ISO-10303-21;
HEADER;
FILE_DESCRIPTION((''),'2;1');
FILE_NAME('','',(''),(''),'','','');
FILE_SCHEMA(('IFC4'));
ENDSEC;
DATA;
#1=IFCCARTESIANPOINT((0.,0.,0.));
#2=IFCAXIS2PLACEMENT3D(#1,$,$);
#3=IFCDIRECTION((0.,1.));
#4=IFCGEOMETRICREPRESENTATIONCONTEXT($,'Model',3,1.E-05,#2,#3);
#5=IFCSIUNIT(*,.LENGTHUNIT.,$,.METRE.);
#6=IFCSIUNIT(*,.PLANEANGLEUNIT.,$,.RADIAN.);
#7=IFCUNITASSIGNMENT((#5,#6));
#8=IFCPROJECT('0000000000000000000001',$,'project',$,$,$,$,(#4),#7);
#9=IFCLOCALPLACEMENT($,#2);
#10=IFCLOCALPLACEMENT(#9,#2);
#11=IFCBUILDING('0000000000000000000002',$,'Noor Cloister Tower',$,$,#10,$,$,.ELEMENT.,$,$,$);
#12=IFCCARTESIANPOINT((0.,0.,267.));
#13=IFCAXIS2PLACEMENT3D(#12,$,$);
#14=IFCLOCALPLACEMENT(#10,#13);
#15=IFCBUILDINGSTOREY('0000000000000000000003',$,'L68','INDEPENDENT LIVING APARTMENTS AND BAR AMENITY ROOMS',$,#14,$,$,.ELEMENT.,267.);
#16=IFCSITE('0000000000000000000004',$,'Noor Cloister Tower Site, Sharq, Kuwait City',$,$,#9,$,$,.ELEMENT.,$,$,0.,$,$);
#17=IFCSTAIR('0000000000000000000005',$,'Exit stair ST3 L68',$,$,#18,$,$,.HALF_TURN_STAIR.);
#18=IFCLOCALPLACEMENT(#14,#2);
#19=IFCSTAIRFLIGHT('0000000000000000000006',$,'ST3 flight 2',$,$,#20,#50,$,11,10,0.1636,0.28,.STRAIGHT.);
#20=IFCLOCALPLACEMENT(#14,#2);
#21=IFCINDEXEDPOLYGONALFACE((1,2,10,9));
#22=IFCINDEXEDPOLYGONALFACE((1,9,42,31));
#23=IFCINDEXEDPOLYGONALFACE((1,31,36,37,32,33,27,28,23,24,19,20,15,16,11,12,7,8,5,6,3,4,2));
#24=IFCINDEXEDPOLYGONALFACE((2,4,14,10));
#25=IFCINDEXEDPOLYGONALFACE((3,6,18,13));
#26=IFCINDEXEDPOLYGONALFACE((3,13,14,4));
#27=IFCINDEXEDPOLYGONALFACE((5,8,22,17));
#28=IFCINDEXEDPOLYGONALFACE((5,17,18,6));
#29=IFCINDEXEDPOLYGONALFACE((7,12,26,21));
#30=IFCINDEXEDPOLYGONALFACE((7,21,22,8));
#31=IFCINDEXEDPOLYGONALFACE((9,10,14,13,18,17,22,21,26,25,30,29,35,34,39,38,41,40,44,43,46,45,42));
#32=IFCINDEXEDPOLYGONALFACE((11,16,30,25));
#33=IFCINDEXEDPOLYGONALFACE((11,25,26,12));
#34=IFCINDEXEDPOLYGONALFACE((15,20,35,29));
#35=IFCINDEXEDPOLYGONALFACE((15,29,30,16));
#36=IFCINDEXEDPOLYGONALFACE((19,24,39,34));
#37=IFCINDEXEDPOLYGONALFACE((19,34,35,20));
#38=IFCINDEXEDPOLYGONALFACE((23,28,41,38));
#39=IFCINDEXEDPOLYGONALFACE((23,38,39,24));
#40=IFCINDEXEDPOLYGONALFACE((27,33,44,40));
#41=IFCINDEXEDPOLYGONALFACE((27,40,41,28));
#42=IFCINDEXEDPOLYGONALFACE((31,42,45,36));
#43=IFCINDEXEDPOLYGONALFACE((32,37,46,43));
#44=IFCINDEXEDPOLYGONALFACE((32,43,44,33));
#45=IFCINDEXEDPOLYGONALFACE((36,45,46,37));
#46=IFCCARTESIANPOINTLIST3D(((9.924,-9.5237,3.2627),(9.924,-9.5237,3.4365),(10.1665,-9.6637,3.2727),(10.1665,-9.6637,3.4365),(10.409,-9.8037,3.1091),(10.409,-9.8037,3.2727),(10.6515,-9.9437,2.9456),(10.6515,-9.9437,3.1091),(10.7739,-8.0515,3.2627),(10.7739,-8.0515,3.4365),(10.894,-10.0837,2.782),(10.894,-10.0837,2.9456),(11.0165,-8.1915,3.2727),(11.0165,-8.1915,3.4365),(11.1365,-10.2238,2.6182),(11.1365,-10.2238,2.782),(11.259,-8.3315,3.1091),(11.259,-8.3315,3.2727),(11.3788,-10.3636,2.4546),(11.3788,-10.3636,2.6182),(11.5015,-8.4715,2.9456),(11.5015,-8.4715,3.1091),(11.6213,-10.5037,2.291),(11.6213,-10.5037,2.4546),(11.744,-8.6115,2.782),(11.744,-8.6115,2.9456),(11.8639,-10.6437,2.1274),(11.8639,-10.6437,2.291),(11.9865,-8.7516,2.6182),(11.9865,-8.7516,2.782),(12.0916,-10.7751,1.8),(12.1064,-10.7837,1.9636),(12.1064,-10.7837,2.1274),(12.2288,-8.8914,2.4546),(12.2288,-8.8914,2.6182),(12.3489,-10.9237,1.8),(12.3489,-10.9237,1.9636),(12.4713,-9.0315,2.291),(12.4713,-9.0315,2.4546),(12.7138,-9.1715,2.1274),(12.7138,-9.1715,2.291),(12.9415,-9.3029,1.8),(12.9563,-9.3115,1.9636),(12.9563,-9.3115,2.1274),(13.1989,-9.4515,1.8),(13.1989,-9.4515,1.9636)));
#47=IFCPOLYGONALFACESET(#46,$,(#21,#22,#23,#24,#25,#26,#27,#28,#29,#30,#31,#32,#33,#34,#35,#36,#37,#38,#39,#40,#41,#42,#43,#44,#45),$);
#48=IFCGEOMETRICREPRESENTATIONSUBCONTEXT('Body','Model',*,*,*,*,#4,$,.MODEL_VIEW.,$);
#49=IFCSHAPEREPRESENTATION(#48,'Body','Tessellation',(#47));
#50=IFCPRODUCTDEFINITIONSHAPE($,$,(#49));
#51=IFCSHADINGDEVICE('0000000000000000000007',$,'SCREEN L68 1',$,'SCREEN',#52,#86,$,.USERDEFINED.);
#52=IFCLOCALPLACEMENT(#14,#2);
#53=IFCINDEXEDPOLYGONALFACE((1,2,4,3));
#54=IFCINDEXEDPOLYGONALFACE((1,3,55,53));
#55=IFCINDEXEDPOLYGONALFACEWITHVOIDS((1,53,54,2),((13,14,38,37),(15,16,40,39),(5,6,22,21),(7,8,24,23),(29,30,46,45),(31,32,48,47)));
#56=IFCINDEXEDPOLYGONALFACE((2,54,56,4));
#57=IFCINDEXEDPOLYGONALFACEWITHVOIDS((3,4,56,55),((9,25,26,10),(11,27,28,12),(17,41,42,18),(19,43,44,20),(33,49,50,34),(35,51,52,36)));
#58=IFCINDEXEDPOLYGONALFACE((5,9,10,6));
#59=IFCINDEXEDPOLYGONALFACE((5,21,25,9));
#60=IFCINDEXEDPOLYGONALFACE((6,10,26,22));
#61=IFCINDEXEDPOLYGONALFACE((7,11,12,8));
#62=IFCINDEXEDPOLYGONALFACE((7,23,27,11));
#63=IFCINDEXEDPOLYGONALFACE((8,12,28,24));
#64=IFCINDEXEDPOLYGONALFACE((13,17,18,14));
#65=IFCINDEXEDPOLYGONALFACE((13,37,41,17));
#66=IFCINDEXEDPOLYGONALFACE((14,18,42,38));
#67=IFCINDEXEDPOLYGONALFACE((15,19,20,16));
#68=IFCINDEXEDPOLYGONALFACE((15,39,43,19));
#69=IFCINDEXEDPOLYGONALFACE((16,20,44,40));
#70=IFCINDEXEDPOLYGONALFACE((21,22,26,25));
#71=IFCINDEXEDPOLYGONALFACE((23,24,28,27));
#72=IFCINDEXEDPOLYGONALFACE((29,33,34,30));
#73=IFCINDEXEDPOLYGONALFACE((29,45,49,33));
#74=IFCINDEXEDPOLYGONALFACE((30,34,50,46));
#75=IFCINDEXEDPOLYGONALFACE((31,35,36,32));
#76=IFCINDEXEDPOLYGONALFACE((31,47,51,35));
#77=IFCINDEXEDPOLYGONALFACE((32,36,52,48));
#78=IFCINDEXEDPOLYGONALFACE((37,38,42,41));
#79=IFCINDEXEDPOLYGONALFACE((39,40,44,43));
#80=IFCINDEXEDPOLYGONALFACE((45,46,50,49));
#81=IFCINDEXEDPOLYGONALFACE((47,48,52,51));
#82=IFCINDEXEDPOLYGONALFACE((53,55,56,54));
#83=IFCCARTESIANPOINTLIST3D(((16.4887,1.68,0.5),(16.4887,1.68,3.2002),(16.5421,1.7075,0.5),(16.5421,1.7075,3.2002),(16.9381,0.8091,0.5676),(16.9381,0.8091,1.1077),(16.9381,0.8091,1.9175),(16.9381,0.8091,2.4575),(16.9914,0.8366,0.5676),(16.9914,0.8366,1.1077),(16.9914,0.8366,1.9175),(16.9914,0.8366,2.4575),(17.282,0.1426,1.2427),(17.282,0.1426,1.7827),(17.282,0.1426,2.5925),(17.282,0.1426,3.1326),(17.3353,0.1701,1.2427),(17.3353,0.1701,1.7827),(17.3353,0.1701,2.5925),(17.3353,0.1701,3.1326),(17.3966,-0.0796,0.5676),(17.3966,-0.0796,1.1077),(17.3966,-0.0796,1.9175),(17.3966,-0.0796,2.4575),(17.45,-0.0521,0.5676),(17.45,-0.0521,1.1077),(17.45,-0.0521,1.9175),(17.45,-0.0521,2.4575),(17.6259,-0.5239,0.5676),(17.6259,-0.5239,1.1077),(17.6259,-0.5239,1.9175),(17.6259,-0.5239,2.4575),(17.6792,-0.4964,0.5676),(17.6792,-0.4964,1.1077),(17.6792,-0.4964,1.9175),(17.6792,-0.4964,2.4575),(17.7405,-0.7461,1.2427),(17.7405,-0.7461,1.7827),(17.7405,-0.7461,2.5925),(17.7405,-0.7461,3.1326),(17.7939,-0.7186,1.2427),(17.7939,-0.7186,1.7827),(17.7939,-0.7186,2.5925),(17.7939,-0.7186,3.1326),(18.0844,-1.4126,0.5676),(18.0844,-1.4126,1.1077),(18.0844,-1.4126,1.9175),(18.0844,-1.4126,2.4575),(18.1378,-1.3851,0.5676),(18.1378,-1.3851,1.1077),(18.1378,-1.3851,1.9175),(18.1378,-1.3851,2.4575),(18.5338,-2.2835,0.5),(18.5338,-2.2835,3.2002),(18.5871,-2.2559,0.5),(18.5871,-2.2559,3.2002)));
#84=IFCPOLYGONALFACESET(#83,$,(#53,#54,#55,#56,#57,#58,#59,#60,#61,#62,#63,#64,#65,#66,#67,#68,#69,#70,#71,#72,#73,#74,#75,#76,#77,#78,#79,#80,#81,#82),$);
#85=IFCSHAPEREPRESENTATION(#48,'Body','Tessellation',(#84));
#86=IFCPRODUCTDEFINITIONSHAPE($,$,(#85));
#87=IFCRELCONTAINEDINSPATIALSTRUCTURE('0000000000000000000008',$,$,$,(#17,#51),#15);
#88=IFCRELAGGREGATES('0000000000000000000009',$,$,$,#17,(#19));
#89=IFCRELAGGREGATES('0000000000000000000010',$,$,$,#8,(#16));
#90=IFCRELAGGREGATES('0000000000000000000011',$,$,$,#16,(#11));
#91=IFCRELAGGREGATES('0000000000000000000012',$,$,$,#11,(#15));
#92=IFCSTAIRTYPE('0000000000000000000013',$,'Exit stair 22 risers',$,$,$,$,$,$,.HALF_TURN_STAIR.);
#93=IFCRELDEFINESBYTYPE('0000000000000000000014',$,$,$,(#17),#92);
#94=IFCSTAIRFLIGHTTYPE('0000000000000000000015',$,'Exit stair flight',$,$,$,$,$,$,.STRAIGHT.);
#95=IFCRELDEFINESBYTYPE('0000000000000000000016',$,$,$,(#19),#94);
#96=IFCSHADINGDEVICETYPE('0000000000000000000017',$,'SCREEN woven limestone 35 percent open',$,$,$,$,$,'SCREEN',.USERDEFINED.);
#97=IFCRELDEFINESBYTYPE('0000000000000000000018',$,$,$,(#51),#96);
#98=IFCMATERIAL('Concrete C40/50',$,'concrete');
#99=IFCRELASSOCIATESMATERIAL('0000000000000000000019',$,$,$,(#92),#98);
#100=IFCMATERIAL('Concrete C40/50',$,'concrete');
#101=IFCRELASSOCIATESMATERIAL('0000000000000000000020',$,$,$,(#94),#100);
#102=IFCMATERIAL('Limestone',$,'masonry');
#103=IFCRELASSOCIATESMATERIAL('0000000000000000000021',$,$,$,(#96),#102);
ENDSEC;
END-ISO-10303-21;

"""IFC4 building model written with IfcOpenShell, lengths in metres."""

from ifc_helpers import new_model, si_unit, direction, frame, origin, place, context, subcontext, project, spatial, polyline, outline, extrude, material, material_profile, profile_set, type_object, element, aggregate, save


model = new_model("IFC4")

# Units and contexts
model_context = context("Model", 3, precision=1e-05, world=origin(), true_north=direction((0.0, 1.0)))
body_context = subcontext(model_context, "Body", "Model", "MODEL_VIEW")
ifc_project = project(units=[si_unit("LENGTHUNIT", "METRE"), si_unit("PLANEANGLEUNIT", "RADIAN")], contexts=[model_context])

# Site, building, storey
site_placement = place(None, origin())
site = spatial("IfcSite", under=ifc_project, at=site_placement, Name="Noor Cloister Tower Site, Sharq, Kuwait City", CompositionType="ELEMENT", RefElevation=0.0)
building_placement = place(site_placement, origin())
building = spatial("IfcBuilding", under=site, at=building_placement, Name="Noor Cloister Tower", CompositionType="ELEMENT")
storey_placement = place(building_placement, frame((0.0, 0.0, 267.0)))
storey = spatial("IfcBuildingStorey", under=building, at=storey_placement, Name="L68", Description="INDEPENDENT LIVING APARTMENTS AND BAR AMENITY ROOMS", CompositionType="ELEMENT", Elevation=267.0)

# Stair, stair flight
ifc_material_1 = material(Name="Concrete C40/50", Category="concrete")
stair_type = type_object("IfcStairType", Name="Exit stair 22 risers", PredefinedType="HALF_TURN_STAIR", material=ifc_material_1)
stair_placement = place(storey_placement, origin())
stair = element("IfcStair", 1, at=stair_placement, inside=storey, type_object=stair_type, Name="Exit stair ST3 L68", PredefinedType="HALF_TURN_STAIR")
ifc_material_2 = material(Name="Concrete C40/50", Category="concrete")
stair_flight_type = type_object("IfcStairFlightType", Name="Exit stair flight", PredefinedType="STRAIGHT", material=ifc_material_2)
stair_flight_placement = place(storey_placement, frame((12.7739, -10.1875, 1.8), z_axis=(0.0, 0.0, 1.0), x_axis=(-0.866025, 0.5, 0.0)))
stair_flight = element("IfcStairFlight", 2, at=stair_flight_placement, type_object=stair_flight_type, Name="ST3 flight 2", NumberOfRisers=11, NumberOfTreads=10, PredefinedType="STRAIGHT", RiserHeight=0.1636, TreadLength=0.28, context=body_context, shape_type="SweptSolid", body=[
    extrude(outline(polyline([(0.0, 0.0), (0.0, 0.1636), (0.28, 0.1636), (0.28, 0.3274), (0.5601, 0.3274), (0.5601, 0.491), (0.8401, 0.491), (0.8401, 0.6545), (1.1201, 0.6545), (1.1201, 0.8181), (1.3999, 0.8181), (1.3999, 0.9819), (1.6799, 0.9819), (1.6799, 1.1455), (1.96, 1.1455), (1.96, 1.3091), (2.24, 1.3091), (2.24, 1.4727), (2.52, 1.4727), (2.52, 1.6365), (2.8, 1.6365), (2.8, 1.8), (2.8, 1.4626), (0.2971, 0.0), (0.0, 0.0)])), frame((0.0, 0.8501, 0.0), z_axis=(0.0, -1.0, 0.0), x_axis=(1.0, 0.0, 0.0)), (0.0, 0.0, 1.0), 1.7),
])
aggregate(stair, [stair_flight])

# Shading device
ifc_material_3 = material(Name="Limestone", Category="masonry")
ifc_material_profile_1 = material_profile(ifc_material_3, outline(polyline([(-2.23, -1.3501), (2.23, -1.3501), (2.23, 1.3501), (-2.23, 1.3501), (-2.23, -1.3501)]), holes=[polyline([(-1.25, -1.2825), (-0.25, -1.2825), (-0.25, -0.7424), (-1.25, -0.7424), (-1.25, -1.2825)]), polyline([(0.25, -1.2825), (1.25, -1.2825), (1.25, -0.7424), (0.25, -0.7424), (0.25, -1.2825)]), polyline([(-0.5, -0.6074), (0.5, -0.6074), (0.5, -0.0674), (-0.5, -0.0674), (-0.5, -0.6074)]), polyline([(-1.25, 0.0674), (-0.25, 0.0674), (-0.25, 0.6074), (-1.25, 0.6074), (-1.25, 0.0674)]), polyline([(0.25, 0.0674), (1.25, 0.0674), (1.25, 0.6074), (0.25, 0.6074), (0.25, 0.0674)]), polyline([(-0.5, 0.7424), (0.5, 0.7424), (0.5, 1.2825), (-0.5, 1.2825), (-0.5, 0.7424)])]), Name="Woven screen 35 percent open")
ifc_profile_set_1 = profile_set([ifc_material_profile_1], Name="Limestone")
shading_device_type = type_object("IfcShadingDeviceType", Name="SCREEN woven limestone 35 percent open", ElementType="SCREEN", PredefinedType="USERDEFINED", material=ifc_profile_set_1)
shading_device_placement = place(storey_placement, frame((17.5112, -0.3018, 1.8501), z_axis=(0.888674, 0.45854, 0.0), x_axis=(-0.45854, 0.888674, 0.0)))
element("IfcShadingDevice", 3, at=shading_device_placement, inside=storey, type_object=shading_device_type, Name="SCREEN L68 1", ObjectType="SCREEN", PredefinedType="USERDEFINED", context=body_context, shape_type="SweptSolid", body=[
    extrude(outline(polyline([(-2.23, -1.3501), (2.23, -1.3501), (2.23, 1.3501), (-2.23, 1.3501), (-2.23, -1.3501)]), holes=[polyline([(-1.25, -1.2825), (-0.25, -1.2825), (-0.25, -0.7424), (-1.25, -0.7424), (-1.25, -1.2825)]), polyline([(0.25, -1.2825), (1.25, -1.2825), (1.25, -0.7424), (0.25, -0.7424), (0.25, -1.2825)]), polyline([(-0.5, -0.6074), (0.5, -0.6074), (0.5, -0.0674), (-0.5, -0.0674), (-0.5, -0.6074)]), polyline([(-1.25, 0.0674), (-0.25, 0.0674), (-0.25, 0.6074), (-1.25, 0.6074), (-1.25, 0.0674)]), polyline([(0.25, 0.0674), (1.25, 0.0674), (1.25, 0.6074), (0.25, 0.6074), (0.25, 0.0674)]), polyline([(-0.5, 0.7424), (0.5, 0.7424), (0.5, 1.2825), (-0.5, 1.2825), (-0.5, 0.7424)])]), origin(), (0.0, 0.0, 1.0), 0.0601),
])

save(model, "model.ifc")
